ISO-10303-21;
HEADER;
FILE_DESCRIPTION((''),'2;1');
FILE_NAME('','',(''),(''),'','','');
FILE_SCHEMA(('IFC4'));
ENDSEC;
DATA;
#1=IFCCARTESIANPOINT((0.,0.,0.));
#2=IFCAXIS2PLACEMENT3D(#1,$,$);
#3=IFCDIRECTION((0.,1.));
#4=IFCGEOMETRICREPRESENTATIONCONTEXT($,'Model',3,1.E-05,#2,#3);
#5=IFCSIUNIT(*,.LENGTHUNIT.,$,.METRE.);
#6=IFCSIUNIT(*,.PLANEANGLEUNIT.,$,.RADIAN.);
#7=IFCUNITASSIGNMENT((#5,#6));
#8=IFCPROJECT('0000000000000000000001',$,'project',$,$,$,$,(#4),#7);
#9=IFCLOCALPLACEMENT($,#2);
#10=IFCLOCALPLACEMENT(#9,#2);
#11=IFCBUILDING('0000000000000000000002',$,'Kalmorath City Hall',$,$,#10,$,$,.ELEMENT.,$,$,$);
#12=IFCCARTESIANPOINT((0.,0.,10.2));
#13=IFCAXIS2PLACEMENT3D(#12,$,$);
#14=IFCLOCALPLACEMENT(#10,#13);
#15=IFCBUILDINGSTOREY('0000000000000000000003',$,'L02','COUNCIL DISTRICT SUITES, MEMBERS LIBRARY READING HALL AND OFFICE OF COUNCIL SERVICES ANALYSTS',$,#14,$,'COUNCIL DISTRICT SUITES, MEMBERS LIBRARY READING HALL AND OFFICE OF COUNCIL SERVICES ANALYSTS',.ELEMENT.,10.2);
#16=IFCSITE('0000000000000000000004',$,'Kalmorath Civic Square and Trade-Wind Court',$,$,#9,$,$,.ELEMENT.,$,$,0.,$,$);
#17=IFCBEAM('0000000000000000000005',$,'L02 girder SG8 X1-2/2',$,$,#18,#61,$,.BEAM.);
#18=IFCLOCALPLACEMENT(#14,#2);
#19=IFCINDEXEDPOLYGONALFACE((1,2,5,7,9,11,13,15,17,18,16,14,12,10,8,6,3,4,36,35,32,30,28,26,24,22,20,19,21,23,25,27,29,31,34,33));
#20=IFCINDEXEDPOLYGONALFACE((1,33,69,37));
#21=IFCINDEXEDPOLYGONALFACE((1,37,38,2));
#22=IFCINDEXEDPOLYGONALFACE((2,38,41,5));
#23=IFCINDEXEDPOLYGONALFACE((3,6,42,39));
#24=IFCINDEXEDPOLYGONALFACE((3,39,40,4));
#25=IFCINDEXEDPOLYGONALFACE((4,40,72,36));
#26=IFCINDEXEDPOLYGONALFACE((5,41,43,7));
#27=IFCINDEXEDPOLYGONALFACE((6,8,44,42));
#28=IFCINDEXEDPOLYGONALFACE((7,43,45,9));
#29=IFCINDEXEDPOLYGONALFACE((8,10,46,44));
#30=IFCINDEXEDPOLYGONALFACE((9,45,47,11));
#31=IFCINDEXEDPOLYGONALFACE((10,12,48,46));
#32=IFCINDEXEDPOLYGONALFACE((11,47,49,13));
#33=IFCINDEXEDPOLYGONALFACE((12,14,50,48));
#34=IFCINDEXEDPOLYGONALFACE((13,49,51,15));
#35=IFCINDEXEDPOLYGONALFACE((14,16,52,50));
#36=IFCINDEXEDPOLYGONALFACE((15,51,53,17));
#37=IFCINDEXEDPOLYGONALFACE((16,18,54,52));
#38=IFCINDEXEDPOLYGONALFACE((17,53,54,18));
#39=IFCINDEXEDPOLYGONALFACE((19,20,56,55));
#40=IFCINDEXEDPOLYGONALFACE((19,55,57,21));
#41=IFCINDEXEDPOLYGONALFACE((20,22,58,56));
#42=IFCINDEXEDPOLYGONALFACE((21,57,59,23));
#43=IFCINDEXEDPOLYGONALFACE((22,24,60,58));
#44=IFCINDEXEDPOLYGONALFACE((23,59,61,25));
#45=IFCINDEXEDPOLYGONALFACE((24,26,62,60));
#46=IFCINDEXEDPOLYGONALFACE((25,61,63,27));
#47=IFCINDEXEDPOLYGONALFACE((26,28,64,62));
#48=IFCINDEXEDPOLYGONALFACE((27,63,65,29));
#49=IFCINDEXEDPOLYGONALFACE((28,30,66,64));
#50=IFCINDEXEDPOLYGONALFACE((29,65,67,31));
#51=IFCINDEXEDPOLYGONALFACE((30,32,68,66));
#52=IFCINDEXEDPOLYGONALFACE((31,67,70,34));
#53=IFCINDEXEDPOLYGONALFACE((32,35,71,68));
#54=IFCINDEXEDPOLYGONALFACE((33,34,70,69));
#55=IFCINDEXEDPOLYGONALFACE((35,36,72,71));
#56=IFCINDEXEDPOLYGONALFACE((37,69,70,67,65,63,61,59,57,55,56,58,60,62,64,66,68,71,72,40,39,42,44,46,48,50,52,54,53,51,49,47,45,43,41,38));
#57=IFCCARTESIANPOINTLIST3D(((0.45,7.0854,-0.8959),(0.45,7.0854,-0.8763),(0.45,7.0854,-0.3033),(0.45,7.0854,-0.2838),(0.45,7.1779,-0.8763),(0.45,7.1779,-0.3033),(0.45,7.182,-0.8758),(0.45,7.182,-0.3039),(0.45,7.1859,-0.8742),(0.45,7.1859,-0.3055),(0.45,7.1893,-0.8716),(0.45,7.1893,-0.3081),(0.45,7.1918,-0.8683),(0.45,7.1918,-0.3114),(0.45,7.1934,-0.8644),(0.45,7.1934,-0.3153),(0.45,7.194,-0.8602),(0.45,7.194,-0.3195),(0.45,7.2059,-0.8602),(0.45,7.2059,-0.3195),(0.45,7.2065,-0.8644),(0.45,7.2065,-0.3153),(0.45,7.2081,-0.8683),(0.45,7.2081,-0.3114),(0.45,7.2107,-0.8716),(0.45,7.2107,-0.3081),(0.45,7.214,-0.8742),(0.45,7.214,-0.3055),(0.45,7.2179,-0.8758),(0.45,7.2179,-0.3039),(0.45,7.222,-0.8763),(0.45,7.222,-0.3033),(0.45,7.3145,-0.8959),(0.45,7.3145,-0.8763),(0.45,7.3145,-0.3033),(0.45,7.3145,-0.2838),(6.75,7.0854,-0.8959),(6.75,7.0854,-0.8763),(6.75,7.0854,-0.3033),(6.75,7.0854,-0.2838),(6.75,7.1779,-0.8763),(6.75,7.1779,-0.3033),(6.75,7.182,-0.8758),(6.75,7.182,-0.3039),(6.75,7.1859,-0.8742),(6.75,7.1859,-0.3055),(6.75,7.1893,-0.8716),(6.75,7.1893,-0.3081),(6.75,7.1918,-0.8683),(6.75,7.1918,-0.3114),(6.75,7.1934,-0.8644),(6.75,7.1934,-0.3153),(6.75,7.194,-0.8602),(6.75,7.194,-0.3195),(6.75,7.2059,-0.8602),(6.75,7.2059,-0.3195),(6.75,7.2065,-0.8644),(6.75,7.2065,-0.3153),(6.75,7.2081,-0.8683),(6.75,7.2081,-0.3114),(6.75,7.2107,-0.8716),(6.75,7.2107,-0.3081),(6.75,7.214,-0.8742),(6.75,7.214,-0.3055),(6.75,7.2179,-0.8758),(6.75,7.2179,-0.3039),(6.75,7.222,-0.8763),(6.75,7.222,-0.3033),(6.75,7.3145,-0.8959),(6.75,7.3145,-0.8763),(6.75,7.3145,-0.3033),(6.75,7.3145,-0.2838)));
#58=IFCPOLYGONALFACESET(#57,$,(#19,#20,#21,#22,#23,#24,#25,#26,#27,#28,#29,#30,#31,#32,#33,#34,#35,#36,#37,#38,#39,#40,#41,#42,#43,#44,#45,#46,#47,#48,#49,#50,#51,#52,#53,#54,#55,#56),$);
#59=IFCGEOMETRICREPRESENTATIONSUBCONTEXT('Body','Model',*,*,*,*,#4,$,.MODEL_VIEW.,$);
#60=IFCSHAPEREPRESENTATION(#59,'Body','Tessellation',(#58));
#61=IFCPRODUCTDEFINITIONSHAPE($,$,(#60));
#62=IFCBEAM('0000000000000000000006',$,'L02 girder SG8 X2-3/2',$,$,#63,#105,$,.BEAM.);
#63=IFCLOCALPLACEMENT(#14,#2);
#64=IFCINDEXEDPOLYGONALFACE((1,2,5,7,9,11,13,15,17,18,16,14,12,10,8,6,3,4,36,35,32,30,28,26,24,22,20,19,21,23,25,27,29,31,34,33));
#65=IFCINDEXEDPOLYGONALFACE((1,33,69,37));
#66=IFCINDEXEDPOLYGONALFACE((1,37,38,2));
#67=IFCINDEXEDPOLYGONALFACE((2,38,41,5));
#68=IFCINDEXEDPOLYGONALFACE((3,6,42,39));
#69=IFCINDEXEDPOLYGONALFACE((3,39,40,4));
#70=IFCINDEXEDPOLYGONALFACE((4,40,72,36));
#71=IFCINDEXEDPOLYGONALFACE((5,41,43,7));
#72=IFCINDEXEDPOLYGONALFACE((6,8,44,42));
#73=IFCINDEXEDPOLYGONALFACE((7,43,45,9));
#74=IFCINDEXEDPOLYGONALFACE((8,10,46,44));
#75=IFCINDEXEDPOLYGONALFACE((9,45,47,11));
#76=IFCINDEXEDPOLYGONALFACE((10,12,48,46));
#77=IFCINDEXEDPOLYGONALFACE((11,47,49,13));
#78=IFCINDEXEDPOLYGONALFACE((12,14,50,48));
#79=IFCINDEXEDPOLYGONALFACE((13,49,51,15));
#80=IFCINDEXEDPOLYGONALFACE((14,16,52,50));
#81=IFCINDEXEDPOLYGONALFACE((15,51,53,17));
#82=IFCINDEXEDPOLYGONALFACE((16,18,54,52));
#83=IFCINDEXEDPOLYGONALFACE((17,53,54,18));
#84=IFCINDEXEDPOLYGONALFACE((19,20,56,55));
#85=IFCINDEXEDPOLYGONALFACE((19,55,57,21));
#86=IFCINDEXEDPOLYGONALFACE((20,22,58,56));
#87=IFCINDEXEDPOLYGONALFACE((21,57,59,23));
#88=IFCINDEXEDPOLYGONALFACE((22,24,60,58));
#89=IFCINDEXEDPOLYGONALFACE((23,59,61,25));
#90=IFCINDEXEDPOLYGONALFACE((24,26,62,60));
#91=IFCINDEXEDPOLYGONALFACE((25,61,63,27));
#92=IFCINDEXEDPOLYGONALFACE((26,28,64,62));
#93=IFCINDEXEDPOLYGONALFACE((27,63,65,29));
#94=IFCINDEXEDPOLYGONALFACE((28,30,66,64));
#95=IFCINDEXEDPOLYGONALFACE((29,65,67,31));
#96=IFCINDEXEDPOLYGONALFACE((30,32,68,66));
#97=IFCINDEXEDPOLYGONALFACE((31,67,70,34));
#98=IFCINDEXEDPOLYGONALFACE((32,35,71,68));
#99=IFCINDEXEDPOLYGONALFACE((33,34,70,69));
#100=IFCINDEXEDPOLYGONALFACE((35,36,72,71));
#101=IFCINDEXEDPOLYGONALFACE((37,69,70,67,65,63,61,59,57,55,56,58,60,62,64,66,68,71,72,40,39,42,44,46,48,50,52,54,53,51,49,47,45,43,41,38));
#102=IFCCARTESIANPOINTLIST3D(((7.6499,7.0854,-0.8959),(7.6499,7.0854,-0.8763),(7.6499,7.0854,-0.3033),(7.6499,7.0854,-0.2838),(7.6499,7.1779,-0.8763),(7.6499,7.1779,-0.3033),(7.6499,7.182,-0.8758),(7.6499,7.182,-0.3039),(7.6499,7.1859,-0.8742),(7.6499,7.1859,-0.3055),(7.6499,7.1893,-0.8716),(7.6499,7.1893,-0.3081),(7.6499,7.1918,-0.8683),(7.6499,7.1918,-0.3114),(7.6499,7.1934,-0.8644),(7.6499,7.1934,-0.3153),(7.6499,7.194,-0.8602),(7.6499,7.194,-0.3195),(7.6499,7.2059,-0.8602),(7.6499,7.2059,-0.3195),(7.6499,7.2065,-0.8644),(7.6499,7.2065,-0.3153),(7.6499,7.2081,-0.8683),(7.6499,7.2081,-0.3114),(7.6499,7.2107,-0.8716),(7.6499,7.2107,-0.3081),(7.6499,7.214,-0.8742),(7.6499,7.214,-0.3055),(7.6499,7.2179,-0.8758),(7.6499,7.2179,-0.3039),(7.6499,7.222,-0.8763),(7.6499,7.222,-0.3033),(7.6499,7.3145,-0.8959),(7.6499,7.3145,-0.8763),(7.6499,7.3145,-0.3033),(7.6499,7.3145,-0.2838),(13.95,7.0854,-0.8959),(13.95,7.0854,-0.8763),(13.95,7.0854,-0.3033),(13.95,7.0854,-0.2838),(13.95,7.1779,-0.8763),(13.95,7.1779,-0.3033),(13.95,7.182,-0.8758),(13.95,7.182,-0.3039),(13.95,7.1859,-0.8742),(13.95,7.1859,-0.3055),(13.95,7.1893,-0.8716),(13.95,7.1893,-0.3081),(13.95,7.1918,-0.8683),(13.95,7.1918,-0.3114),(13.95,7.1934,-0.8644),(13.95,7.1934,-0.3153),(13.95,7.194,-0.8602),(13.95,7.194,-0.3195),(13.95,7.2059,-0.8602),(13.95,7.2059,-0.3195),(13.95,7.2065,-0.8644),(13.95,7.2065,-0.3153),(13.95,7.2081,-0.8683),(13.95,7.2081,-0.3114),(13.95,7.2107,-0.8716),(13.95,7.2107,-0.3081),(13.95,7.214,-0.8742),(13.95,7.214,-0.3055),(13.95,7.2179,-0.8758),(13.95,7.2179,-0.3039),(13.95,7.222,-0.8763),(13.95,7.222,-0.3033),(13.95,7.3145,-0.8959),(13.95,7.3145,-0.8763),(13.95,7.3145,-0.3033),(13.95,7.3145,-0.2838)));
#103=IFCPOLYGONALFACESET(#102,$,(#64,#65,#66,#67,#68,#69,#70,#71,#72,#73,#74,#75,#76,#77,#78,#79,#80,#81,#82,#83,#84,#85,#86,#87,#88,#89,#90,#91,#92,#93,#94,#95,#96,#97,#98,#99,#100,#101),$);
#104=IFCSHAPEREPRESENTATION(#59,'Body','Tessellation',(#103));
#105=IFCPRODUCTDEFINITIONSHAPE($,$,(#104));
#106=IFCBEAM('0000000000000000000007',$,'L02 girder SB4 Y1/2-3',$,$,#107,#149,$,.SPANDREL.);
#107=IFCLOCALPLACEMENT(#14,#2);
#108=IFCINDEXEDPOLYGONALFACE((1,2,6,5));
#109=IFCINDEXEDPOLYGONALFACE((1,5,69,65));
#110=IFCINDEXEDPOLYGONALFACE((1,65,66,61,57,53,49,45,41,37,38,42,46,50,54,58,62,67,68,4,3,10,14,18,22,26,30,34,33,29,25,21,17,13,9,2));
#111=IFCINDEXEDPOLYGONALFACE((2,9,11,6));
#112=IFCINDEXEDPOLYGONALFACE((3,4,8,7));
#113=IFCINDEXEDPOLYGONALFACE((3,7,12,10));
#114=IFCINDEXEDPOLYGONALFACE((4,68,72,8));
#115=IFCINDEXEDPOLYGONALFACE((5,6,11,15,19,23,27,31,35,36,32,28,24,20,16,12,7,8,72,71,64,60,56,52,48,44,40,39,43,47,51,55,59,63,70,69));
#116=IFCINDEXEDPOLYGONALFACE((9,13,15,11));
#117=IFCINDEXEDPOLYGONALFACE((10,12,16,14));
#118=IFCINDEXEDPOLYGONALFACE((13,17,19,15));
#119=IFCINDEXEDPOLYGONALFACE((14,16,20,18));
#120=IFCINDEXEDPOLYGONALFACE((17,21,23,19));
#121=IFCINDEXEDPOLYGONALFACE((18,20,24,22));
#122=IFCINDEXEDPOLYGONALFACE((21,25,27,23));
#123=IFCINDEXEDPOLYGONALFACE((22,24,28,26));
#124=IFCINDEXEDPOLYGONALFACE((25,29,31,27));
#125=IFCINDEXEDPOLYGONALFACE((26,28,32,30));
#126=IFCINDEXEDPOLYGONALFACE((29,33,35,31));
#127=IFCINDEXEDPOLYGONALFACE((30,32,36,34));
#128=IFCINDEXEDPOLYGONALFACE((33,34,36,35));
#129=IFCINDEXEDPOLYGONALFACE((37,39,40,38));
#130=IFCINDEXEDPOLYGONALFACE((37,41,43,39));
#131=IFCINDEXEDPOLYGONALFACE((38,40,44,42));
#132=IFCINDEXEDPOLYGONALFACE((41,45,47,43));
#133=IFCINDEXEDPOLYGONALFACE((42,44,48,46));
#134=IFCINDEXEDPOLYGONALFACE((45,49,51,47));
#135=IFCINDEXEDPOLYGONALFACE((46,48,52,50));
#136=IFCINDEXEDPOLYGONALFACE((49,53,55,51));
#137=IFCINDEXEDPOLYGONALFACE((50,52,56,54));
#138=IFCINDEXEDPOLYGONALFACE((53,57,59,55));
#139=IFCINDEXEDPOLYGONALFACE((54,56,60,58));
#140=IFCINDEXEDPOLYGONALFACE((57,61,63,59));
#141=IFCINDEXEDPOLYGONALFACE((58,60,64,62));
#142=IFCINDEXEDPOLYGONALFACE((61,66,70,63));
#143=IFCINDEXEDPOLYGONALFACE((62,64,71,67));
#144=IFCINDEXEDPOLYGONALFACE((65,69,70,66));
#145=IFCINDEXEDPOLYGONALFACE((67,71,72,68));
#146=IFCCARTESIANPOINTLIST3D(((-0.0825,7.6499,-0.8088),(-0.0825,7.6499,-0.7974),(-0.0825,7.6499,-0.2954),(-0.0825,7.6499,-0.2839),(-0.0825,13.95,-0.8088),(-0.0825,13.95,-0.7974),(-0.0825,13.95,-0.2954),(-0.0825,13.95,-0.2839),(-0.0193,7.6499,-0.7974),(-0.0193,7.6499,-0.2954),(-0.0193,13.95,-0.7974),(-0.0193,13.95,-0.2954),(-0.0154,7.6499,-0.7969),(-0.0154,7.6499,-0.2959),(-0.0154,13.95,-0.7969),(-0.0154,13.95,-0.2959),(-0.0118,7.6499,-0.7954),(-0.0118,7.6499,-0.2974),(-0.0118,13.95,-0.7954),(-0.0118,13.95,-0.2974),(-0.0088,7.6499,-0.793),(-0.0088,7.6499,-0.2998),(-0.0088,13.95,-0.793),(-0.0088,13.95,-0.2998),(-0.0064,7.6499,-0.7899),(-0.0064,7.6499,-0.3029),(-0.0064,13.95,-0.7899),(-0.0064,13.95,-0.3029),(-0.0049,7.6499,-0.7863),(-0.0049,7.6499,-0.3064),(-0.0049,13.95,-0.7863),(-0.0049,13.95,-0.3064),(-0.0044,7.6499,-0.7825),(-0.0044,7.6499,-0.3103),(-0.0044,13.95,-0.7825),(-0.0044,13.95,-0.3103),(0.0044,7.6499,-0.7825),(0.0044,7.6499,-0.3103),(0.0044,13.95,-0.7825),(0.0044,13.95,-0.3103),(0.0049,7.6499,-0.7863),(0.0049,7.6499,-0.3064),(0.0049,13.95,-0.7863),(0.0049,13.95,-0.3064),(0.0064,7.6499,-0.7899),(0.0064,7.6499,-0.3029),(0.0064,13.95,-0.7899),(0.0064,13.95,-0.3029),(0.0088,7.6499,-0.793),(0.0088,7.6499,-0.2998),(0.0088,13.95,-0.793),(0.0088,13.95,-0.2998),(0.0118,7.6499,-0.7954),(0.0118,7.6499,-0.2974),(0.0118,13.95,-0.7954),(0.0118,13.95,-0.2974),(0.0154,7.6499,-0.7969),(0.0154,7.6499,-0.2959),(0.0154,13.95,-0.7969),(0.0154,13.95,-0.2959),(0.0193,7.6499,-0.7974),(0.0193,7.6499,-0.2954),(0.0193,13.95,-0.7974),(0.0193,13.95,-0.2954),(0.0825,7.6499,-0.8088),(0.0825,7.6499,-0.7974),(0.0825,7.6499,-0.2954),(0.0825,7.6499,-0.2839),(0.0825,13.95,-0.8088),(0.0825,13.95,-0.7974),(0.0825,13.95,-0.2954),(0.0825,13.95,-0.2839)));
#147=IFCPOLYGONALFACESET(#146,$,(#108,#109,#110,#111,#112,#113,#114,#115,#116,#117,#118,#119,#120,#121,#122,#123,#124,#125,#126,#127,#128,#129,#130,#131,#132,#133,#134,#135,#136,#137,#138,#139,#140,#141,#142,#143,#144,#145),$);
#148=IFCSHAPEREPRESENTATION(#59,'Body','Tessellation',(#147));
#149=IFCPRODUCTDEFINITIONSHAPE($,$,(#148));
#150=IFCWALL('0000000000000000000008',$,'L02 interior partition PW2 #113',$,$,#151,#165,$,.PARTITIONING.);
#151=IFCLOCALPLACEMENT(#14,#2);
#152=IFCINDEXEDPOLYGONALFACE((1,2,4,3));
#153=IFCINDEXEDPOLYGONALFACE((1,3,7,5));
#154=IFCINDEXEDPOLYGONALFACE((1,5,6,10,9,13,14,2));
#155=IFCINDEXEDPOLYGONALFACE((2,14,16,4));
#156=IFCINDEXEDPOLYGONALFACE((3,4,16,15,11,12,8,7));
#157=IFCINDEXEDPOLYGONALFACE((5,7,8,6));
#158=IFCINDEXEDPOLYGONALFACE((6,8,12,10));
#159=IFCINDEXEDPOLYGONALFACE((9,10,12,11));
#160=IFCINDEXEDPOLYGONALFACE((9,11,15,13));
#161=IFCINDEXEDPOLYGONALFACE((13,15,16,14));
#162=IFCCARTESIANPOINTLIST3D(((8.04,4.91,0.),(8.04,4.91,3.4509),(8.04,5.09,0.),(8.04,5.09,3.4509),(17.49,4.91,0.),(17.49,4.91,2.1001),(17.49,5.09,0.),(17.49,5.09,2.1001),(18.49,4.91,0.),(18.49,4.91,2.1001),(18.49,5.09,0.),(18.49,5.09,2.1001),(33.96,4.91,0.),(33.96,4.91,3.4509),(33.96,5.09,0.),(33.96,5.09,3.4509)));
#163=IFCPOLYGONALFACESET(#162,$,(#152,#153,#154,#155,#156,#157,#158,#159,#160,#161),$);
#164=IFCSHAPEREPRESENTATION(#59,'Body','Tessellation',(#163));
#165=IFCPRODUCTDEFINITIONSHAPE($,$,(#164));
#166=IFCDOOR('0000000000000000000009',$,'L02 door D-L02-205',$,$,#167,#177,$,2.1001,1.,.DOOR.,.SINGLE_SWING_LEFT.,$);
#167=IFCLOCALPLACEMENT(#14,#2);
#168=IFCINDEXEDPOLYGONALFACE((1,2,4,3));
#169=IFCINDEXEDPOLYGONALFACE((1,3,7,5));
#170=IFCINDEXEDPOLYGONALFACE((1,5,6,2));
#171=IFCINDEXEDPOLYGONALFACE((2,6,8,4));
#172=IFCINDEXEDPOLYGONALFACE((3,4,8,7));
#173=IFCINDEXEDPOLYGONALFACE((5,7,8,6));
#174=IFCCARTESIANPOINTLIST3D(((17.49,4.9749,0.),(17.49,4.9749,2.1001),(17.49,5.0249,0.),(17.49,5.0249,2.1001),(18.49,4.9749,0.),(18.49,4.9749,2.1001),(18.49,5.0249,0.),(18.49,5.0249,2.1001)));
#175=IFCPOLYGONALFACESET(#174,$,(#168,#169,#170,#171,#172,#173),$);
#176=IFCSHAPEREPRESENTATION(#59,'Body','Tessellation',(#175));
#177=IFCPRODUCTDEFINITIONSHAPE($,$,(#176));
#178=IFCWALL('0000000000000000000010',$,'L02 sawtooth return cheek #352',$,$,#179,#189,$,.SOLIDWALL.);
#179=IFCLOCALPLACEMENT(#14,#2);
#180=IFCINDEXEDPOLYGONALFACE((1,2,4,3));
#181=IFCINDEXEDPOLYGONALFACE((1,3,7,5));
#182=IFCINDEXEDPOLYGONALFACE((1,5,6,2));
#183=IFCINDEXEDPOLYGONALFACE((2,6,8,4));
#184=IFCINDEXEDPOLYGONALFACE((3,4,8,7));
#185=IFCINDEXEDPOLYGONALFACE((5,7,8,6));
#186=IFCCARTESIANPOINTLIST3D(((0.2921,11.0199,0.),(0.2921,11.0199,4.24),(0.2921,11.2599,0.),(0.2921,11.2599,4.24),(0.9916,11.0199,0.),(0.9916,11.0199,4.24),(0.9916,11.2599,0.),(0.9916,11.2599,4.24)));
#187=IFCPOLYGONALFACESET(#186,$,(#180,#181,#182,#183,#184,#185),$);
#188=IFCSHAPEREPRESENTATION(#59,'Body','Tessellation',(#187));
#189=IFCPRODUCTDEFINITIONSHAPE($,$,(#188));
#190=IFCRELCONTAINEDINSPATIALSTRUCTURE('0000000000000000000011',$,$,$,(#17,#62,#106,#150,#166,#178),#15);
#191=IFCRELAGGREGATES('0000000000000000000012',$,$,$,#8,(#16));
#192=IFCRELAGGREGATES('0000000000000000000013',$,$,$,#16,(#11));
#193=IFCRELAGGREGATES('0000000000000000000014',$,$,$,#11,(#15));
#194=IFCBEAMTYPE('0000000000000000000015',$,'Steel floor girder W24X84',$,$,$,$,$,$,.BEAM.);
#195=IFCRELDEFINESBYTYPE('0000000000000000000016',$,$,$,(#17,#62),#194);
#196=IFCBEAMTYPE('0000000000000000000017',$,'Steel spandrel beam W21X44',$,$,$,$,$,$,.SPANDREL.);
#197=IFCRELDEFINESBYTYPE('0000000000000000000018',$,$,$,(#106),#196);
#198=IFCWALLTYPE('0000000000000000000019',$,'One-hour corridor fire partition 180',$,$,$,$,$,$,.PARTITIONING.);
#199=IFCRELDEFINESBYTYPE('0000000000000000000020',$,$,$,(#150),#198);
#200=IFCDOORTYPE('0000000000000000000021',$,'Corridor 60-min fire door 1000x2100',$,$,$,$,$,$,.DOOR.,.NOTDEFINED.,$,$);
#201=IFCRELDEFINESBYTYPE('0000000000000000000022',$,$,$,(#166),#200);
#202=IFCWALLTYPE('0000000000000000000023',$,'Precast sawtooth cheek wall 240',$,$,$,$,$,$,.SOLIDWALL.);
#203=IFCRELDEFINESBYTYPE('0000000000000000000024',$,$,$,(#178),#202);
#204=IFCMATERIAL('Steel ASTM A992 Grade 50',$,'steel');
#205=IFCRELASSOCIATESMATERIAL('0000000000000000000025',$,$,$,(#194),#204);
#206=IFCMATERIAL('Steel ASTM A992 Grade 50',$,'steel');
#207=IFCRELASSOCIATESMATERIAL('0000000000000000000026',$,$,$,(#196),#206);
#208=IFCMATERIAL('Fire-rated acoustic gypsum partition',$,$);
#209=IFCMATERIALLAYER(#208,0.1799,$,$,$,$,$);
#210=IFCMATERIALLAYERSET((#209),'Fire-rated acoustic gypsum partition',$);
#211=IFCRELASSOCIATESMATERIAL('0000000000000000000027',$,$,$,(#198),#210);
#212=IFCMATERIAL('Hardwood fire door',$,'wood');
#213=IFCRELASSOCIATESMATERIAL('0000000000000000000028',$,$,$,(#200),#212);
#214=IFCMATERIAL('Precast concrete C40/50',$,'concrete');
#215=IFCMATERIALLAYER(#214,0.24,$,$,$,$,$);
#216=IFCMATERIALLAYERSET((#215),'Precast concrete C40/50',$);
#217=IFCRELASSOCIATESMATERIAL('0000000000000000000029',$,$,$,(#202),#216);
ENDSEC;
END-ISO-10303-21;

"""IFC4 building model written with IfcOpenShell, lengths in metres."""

from ifc_helpers import new_model, si_unit, direction, frame, frame_2d, origin, origin_2d, place, context, subcontext, project, spatial, rectangle, i_section, extrude, material, layer, layer_set, material_profile, profile_set, type_object, element, fill, save


model = new_model("IFC4")

# Units and contexts
model_context = context("Model", 3, precision=1e-05, world=origin(), true_north=direction((0.0, 1.0)))
body_context = subcontext(model_context, "Body", "Model", "MODEL_VIEW")
ifc_project = project(units=[si_unit("LENGTHUNIT", "METRE"), si_unit("PLANEANGLEUNIT", "RADIAN")], contexts=[model_context])

# Site, building, storey
site_placement = place(None, origin())
site = spatial("IfcSite", under=ifc_project, at=site_placement, Name="Kalmorath Civic Square and Trade-Wind Court", CompositionType="ELEMENT", RefElevation=0.0)
building_placement = place(site_placement, origin())
building = spatial("IfcBuilding", under=site, at=building_placement, Name="Kalmorath City Hall", CompositionType="ELEMENT")
storey_placement = place(building_placement, frame((0.0, 0.0, 10.2)))
storey = spatial("IfcBuildingStorey", under=building, at=storey_placement, Name="L02", Description="COUNCIL DISTRICT SUITES, MEMBERS LIBRARY READING HALL AND OFFICE OF COUNCIL SERVICES ANALYSTS", LongName="COUNCIL DISTRICT SUITES, MEMBERS LIBRARY READING HALL AND OFFICE OF COUNCIL SERVICES ANALYSTS", CompositionType="ELEMENT", Elevation=10.2)

# Beams
ifc_material_1 = material(Name="Steel ASTM A992 Grade 50", Category="steel")
ifc_material_profile_1 = material_profile(ifc_material_1, i_section(OverallWidth=0.229, OverallDepth=0.6121, WebThickness=0.012, FlangeThickness=0.0195, FilletRadius=0.0161, at=origin_2d()), Name="W24X84")
ifc_profile_set_1 = profile_set([ifc_material_profile_1], Name="Steel ASTM A992 Grade 50")
beam_type_1 = type_object("IfcBeamType", Name="Steel floor girder W24X84", PredefinedType="BEAM", material=ifc_profile_set_1)
for number, where, z_axis, x_axis, name in (
    (1, (0.45, 7.2, -0.5898), (1.0, 0.0, 0.0), (0.0, 1.0, 0.0), "L02 girder SG8 X1-2/2"),
    (2, (7.6499, 7.2, -0.5898), (1.0, 0.0, 0.0), (0.0, 1.0, 0.0), "L02 girder SG8 X2-3/2"),
):
    element("IfcBeam", number, at=place(storey_placement, frame(where, z_axis=z_axis, x_axis=x_axis)), inside=storey, type_object=beam_type_1, Name=name, PredefinedType="BEAM", context=body_context, shape_type="SweptSolid", body=[
        extrude(i_section(OverallWidth=0.229, OverallDepth=0.6121, WebThickness=0.012, FlangeThickness=0.0195, FilletRadius=0.0161, at=origin_2d()), origin(), (0.0, 0.0, 1.0), 6.3),
    ])
ifc_material_2 = material(Name="Steel ASTM A992 Grade 50", Category="steel")
ifc_material_profile_2 = material_profile(ifc_material_2, i_section(OverallWidth=0.165, OverallDepth=0.5249, WebThickness=0.0088, FlangeThickness=0.0115, FilletRadius=0.0149, at=origin_2d()), Name="W21X44")
ifc_profile_set_2 = profile_set([ifc_material_profile_2], Name="Steel ASTM A992 Grade 50")
beam_type_2 = type_object("IfcBeamType", Name="Steel spandrel beam W21X44", PredefinedType="SPANDREL", material=ifc_profile_set_2)
beam_1_placement = place(storey_placement, frame((0.0, 7.6499, -0.5464), z_axis=(0.0, 1.0, 0.0), x_axis=(-1.0, 0.0, 0.0)))
element("IfcBeam", 3, at=beam_1_placement, inside=storey, type_object=beam_type_2, Name="L02 girder SB4 Y1/2-3", PredefinedType="SPANDREL", context=body_context, shape_type="SweptSolid", body=[
    extrude(i_section(OverallWidth=0.165, OverallDepth=0.5249, WebThickness=0.0088, FlangeThickness=0.0115, FilletRadius=0.0149, at=origin_2d()), origin(), (0.0, 0.0, 1.0), 6.3),
])

# Wall, opening, door
ifc_material_3 = material(Name="Fire-rated acoustic gypsum partition")
ifc_layer_1 = layer(ifc_material_3, 0.1799)
ifc_layer_set_1 = layer_set([ifc_layer_1], Name="Fire-rated acoustic gypsum partition")
wall_type_1 = type_object("IfcWallType", Name="One-hour corridor fire partition 180", PredefinedType="PARTITIONING", material=ifc_layer_set_1)
wall_1_placement = place(storey_placement, frame((8.04, 5.0, 0.0), z_axis=(0.0, 0.0, 1.0), x_axis=(1.0, 0.0, 0.0)))
wall_1 = element("IfcWall", 4, at=wall_1_placement, inside=storey, type_object=wall_type_1, Name="L02 interior partition PW2 #113", PredefinedType="PARTITIONING", context=body_context, shape_type="SweptSolid", body=[
    extrude(rectangle(XDim=25.9199, YDim=0.1799, at=frame_2d((12.96, 0.0))), origin(), (0.0, 0.0, 1.0), 3.4509),
])
opening_1_placement = place(wall_1_placement, frame((9.45, 0.0, 0.0)))
opening_1 = element("IfcOpeningElement", 5, at=opening_1_placement, cuts=wall_1, PredefinedType="OPENING", context=body_context, shape_type="SweptSolid", body=[
    extrude(rectangle(XDim=1.0, YDim=2.1001, at=frame_2d((0.5, 1.05))), frame((0.0, 0.0999, 0.0), z_axis=(0.0, -1.0, 0.0), x_axis=(1.0, 0.0, 0.0)), (0.0, 0.0, 1.0), 0.2),
])
ifc_material_4 = material(Name="Hardwood fire door", Category="wood")
door_type_1 = type_object("IfcDoorType", Name="Corridor 60-min fire door 1000x2100", OperationType="NOTDEFINED", PredefinedType="DOOR", material=ifc_material_4)
door_1_placement = place(opening_1_placement, origin())
door_1 = element("IfcDoor", 6, at=door_1_placement, inside=storey, type_object=door_type_1, Name="L02 door D-L02-205", OperationType="SINGLE_SWING_LEFT", OverallHeight=2.1001, OverallWidth=1.0, PredefinedType="DOOR", context=body_context, shape_type="SweptSolid", body=[
    extrude(rectangle(XDim=1.0, YDim=2.1001, at=frame_2d((0.5, 1.05))), frame((0.0, 0.0249, 0.0), z_axis=(0.0, -1.0, 0.0), x_axis=(1.0, 0.0, 0.0)), (0.0, 0.0, 1.0), 0.05),
])
fill(opening_1, door_1)

# Wall
ifc_material_5 = material(Name="Precast concrete C40/50", Category="concrete")
ifc_layer_2 = layer(ifc_material_5, 0.24)
ifc_layer_set_2 = layer_set([ifc_layer_2], Name="Precast concrete C40/50")
wall_type_2 = type_object("IfcWallType", Name="Precast sawtooth cheek wall 240", PredefinedType="SOLIDWALL", material=ifc_layer_set_2)
wall_2_placement = place(storey_placement, frame((0.9915, 11.1399, 0.0), z_axis=(0.0, 0.0, 1.0), x_axis=(-1.0, 0.0, 0.0)))
element("IfcWall", 7, at=wall_2_placement, inside=storey, type_object=wall_type_2, Name="L02 sawtooth return cheek #352", PredefinedType="SOLIDWALL", context=body_context, shape_type="SweptSolid", body=[
    extrude(rectangle(XDim=0.6995, YDim=0.24, at=frame_2d((0.3496, 0.0))), origin(), (0.0, 0.0, 1.0), 4.24),
])

save(model, "model.ifc")
